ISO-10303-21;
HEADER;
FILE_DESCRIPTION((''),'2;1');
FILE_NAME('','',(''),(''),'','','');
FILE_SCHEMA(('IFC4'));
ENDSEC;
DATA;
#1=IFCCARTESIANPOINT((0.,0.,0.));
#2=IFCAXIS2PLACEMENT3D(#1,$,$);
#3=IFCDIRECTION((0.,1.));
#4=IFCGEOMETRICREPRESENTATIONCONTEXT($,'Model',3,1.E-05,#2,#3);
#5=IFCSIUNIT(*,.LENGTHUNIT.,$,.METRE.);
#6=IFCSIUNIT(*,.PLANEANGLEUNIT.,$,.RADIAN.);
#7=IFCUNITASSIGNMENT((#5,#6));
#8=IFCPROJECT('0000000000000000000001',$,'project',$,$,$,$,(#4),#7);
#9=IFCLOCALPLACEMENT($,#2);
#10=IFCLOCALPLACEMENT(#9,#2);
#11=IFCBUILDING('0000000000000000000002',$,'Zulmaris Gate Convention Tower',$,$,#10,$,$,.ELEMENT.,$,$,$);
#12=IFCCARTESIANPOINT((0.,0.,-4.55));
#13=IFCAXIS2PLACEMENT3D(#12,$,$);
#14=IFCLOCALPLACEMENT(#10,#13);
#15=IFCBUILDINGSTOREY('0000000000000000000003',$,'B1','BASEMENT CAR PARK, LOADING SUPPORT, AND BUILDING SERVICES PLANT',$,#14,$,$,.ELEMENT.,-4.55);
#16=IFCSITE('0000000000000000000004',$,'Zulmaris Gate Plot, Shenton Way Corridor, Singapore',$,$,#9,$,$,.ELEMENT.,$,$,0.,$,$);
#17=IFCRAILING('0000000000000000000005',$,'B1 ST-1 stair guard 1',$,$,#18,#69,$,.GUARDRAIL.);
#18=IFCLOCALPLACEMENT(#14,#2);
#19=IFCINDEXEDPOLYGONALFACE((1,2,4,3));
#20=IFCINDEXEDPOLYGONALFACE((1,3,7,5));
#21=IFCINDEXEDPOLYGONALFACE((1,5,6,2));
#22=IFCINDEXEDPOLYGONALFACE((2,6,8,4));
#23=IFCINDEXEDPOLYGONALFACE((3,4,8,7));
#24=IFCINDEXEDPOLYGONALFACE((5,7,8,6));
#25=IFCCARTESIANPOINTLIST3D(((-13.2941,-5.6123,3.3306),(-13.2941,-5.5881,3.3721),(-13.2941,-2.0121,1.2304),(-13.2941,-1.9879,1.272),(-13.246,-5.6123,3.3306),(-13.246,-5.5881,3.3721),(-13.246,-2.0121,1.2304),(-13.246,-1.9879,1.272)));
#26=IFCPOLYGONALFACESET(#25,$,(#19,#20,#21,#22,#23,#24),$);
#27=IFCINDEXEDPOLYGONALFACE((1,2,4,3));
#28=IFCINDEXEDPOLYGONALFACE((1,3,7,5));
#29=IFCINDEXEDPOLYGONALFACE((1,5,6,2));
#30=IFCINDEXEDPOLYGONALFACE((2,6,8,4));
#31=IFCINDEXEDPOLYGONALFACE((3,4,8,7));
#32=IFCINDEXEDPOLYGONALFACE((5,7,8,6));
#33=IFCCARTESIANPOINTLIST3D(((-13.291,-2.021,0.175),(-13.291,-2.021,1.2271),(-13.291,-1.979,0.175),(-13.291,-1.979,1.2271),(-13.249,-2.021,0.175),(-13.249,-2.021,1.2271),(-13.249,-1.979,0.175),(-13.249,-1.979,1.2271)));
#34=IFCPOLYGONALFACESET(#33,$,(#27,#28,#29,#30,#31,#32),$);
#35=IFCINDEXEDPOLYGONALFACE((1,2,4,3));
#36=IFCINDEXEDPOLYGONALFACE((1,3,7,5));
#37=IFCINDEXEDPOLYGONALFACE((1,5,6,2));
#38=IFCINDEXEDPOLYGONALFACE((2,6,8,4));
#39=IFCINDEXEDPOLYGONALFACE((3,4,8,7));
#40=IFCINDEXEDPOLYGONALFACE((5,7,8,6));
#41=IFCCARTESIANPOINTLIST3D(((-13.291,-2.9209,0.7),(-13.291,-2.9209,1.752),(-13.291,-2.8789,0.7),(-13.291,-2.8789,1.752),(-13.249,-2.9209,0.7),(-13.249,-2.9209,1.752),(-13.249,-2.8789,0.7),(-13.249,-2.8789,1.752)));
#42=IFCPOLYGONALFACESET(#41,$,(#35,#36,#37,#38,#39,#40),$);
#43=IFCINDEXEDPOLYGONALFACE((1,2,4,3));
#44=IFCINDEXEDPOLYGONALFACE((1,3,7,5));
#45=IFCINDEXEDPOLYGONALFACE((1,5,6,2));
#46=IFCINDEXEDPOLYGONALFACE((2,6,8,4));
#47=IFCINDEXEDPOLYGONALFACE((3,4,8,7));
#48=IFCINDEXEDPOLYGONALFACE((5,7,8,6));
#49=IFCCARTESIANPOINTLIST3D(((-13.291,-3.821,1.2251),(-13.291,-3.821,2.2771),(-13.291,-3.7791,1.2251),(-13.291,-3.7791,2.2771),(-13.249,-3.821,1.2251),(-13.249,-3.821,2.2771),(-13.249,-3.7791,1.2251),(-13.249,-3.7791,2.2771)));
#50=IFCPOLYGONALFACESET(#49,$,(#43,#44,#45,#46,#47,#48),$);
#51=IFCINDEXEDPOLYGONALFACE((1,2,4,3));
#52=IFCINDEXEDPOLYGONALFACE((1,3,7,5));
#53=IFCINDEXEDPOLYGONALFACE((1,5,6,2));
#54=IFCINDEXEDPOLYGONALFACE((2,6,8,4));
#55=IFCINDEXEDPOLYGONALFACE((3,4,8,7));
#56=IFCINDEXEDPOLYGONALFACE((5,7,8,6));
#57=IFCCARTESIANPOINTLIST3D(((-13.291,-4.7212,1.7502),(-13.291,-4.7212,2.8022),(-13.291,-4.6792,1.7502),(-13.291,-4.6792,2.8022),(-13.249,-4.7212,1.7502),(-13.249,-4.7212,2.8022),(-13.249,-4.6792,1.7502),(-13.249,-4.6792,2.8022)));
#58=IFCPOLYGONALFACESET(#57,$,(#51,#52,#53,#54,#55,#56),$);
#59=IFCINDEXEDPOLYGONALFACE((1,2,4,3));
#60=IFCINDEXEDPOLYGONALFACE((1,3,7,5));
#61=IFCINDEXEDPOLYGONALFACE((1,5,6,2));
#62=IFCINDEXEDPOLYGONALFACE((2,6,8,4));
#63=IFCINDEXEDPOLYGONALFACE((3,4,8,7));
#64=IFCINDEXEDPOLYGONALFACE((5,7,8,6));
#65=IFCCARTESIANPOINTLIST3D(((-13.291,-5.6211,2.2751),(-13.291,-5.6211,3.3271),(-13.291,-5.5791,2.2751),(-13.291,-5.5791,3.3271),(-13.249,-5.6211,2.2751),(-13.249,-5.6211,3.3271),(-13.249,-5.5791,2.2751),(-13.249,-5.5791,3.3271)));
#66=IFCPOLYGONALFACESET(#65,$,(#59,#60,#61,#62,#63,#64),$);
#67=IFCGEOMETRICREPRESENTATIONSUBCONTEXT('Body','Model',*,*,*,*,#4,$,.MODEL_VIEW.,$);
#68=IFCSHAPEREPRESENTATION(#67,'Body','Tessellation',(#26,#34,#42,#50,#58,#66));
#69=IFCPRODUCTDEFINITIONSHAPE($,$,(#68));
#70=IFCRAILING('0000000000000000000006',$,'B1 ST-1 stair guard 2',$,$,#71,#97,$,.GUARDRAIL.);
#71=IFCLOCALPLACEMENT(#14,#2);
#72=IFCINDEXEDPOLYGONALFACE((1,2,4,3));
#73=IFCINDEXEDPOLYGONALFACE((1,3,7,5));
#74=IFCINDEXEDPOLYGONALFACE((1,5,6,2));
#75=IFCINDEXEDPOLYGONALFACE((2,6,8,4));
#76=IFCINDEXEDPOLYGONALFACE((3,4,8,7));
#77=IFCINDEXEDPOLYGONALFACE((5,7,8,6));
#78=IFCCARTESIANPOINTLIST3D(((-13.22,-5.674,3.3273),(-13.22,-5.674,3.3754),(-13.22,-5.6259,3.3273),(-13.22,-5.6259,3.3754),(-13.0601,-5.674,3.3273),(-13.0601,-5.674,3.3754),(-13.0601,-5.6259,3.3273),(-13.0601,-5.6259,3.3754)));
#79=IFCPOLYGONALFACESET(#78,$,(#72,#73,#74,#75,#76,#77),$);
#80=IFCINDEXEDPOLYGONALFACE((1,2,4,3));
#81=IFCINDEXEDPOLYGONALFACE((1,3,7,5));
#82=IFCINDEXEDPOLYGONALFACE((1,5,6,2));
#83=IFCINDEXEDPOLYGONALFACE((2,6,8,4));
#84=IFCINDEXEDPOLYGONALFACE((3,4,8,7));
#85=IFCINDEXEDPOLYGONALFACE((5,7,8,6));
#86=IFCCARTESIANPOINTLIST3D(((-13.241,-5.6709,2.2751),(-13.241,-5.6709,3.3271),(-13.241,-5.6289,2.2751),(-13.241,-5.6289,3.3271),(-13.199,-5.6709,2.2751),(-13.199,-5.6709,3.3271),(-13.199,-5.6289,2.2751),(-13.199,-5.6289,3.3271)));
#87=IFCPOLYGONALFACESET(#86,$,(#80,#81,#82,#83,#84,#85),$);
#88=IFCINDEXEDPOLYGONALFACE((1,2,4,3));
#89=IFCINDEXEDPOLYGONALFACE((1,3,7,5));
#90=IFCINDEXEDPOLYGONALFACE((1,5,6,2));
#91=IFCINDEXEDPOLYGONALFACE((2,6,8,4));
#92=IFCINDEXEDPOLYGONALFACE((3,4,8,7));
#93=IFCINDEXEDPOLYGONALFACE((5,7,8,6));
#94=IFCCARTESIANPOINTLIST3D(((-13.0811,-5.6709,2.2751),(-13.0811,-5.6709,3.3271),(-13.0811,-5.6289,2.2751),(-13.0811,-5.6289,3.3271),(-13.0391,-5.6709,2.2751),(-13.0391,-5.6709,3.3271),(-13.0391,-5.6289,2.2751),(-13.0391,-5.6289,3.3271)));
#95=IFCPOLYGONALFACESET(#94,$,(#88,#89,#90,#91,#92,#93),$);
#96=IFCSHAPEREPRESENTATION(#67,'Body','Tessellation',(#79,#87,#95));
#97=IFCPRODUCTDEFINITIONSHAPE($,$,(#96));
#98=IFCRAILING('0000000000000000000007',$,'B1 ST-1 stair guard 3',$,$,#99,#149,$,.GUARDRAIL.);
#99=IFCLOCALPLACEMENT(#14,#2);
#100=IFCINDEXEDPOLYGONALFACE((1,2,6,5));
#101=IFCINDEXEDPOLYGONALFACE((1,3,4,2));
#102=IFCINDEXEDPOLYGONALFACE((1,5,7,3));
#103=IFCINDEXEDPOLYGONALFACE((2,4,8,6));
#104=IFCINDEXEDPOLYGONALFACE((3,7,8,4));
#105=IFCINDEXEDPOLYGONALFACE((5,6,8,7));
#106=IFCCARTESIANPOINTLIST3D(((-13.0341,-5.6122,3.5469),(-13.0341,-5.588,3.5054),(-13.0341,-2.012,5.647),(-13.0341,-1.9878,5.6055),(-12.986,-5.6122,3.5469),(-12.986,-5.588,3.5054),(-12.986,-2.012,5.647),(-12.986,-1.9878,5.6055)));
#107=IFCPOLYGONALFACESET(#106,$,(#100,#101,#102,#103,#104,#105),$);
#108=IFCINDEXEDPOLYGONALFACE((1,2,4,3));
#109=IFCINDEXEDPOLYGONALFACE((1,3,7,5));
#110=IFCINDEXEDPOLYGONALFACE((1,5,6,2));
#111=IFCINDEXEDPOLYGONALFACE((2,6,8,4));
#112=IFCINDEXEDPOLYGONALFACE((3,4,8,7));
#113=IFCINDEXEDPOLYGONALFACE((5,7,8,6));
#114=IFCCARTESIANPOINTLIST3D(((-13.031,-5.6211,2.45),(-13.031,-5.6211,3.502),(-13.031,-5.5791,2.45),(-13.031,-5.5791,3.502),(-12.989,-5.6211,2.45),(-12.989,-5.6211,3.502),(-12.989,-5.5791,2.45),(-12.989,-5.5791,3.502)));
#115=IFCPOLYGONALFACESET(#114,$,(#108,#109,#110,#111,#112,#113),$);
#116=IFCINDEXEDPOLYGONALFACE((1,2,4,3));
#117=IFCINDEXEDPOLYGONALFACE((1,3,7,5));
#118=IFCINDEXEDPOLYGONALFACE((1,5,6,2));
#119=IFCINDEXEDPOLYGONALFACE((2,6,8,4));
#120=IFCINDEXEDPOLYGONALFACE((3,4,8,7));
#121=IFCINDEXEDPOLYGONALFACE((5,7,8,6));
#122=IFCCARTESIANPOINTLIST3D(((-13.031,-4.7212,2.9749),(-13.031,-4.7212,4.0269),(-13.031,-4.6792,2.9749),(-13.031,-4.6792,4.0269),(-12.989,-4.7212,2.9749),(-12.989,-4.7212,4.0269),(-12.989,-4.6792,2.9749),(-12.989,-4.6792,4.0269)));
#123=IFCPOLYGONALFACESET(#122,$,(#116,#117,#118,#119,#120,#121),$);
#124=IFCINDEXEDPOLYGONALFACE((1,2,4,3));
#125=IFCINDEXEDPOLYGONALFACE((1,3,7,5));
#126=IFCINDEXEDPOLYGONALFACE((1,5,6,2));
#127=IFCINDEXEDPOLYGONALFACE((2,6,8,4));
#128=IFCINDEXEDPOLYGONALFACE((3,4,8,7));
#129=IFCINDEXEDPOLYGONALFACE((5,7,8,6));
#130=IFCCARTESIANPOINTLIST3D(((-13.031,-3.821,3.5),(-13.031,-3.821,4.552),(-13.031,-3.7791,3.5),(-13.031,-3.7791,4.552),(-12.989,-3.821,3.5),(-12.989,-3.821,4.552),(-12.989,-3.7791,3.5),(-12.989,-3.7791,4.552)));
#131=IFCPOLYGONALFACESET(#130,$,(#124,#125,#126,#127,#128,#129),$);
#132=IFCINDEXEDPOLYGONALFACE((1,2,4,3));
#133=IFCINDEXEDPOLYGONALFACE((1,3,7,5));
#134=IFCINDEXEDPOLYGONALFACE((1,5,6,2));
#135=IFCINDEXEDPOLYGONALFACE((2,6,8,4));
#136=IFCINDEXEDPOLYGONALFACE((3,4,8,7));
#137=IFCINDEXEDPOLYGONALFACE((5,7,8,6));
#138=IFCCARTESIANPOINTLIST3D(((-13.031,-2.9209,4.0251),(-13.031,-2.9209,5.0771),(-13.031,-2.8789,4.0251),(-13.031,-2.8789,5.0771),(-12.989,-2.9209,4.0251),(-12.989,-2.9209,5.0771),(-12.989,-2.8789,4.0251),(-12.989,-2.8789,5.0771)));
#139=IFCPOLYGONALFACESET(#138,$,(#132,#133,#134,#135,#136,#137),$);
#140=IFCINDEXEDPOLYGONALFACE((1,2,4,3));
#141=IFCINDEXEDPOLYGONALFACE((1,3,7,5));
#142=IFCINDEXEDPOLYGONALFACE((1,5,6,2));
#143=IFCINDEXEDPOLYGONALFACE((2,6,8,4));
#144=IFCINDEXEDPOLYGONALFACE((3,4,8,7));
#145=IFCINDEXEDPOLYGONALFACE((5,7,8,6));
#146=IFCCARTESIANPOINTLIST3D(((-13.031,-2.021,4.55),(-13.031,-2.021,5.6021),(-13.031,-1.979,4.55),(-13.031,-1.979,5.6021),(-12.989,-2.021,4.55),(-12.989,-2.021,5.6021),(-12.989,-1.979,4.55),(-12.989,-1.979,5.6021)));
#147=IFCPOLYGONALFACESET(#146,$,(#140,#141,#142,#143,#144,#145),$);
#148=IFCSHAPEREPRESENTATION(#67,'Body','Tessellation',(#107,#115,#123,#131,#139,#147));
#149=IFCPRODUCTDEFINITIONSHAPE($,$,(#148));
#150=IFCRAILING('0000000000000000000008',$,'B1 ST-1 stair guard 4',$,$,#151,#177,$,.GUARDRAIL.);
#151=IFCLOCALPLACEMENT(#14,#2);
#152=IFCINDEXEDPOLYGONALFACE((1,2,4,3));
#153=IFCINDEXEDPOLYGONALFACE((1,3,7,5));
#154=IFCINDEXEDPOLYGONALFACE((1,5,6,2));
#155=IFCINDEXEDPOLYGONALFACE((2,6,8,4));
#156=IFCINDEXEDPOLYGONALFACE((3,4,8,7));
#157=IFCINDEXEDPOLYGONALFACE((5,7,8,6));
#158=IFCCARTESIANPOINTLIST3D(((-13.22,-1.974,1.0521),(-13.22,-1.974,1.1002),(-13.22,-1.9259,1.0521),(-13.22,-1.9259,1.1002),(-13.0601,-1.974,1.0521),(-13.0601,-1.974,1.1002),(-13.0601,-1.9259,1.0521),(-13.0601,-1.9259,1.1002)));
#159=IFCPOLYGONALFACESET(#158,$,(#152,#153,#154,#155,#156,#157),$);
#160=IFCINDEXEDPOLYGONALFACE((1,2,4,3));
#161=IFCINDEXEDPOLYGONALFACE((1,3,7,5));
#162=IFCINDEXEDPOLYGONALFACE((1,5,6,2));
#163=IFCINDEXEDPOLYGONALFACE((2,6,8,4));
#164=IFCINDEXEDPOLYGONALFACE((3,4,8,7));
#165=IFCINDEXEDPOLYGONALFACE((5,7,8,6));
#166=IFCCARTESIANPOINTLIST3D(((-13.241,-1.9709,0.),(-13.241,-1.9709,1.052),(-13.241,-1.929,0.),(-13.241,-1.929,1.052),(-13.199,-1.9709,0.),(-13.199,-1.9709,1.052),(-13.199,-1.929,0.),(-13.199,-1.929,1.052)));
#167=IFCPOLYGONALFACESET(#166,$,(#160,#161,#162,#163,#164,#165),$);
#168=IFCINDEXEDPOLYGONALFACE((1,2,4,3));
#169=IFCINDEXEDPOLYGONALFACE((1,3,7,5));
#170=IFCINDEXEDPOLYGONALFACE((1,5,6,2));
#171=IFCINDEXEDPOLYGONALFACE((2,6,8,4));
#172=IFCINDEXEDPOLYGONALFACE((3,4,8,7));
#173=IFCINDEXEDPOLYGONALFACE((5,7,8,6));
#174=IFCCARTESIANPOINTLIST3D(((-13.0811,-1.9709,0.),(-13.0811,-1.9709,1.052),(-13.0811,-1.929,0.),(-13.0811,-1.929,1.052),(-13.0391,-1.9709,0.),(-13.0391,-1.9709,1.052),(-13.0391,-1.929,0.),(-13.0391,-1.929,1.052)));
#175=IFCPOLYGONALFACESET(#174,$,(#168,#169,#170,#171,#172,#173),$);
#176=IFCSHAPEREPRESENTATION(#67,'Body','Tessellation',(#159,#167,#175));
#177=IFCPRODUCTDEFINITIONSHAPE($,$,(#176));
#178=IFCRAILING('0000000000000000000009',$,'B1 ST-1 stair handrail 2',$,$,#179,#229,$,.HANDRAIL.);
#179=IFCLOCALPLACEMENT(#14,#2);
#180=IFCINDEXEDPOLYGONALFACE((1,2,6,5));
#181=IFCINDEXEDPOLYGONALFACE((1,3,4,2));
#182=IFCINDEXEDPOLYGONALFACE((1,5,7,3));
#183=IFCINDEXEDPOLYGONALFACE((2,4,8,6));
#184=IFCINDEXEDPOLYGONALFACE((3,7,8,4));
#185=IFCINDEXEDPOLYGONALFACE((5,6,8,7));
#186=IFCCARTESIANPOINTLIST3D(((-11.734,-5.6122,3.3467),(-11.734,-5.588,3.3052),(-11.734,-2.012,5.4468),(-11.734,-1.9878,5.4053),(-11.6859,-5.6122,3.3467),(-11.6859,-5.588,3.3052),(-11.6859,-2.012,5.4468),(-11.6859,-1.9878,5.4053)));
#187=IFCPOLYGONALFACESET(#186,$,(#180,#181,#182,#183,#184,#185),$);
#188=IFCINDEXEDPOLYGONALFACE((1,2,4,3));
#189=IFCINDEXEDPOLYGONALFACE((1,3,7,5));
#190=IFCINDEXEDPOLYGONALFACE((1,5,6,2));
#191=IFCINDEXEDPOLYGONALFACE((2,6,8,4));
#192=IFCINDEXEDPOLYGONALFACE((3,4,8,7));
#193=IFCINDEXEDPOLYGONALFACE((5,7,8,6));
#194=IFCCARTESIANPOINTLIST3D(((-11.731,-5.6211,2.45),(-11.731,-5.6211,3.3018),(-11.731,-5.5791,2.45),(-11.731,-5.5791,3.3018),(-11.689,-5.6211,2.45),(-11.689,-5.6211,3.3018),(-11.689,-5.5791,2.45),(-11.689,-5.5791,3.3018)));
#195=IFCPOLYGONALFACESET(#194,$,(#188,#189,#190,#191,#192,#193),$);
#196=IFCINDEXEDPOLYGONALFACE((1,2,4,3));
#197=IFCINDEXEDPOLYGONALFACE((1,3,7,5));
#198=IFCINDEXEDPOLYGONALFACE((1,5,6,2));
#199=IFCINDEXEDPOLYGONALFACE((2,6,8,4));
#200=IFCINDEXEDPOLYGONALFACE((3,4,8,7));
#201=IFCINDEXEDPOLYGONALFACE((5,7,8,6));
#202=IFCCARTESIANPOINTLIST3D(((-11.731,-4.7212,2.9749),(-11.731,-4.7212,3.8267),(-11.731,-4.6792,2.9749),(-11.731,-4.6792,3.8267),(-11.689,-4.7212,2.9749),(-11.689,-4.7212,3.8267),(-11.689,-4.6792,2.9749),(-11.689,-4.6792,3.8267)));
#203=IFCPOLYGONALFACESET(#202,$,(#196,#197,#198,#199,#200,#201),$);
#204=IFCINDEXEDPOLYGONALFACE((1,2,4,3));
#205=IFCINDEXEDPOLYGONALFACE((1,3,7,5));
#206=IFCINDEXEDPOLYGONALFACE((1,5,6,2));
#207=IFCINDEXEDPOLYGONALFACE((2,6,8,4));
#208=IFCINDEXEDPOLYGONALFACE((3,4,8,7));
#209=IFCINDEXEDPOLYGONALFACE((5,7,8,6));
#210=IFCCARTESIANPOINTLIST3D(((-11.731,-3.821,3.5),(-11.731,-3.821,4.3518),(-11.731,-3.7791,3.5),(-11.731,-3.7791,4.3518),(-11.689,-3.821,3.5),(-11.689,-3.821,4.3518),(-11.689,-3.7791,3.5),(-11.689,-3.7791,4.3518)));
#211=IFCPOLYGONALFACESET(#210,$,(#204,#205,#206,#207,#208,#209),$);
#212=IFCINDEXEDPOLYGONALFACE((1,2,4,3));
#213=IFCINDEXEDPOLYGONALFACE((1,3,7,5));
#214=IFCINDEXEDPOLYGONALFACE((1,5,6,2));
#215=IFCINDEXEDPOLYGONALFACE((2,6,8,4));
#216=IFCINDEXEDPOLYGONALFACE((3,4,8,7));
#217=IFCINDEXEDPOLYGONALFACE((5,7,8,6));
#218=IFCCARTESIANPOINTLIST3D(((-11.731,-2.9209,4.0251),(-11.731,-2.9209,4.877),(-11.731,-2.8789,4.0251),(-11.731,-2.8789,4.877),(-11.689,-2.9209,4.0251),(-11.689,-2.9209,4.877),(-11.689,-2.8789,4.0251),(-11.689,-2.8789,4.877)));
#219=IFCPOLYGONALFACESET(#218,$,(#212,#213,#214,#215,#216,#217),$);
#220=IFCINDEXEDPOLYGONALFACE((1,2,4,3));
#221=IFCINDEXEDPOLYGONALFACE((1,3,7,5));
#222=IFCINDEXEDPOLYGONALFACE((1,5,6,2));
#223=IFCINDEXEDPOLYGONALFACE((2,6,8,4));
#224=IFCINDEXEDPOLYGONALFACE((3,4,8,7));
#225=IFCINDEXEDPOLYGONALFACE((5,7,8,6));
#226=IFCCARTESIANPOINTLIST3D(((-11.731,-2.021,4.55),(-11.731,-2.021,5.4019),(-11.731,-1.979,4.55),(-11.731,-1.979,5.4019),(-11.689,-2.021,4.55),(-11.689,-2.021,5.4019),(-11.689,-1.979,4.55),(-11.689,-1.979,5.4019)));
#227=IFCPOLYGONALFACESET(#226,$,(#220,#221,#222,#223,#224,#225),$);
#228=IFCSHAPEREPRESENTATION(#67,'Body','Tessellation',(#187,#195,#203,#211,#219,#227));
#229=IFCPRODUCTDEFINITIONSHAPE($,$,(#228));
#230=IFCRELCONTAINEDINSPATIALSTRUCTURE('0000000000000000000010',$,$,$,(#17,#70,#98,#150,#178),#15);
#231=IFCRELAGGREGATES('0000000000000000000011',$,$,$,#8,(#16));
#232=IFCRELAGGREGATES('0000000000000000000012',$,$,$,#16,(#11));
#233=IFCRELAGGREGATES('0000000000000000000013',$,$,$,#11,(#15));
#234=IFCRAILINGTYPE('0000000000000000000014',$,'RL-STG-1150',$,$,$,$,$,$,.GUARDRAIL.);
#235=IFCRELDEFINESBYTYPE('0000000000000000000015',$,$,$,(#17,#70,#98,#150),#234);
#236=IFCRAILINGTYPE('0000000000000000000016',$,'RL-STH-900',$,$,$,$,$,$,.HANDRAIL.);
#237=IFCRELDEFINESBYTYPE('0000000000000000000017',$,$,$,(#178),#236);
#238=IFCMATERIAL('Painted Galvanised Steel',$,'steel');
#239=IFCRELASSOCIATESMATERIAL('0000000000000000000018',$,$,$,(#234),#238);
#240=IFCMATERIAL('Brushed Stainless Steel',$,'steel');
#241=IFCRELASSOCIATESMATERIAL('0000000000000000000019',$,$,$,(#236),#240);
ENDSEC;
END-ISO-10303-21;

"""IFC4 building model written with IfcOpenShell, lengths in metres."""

from ifc_helpers import new_model, si_unit, direction, frame, origin, origin_2d, place, context, subcontext, project, spatial, rectangle, extrude, material, type_object, element, save


model = new_model("IFC4")

# Units and contexts
model_context = context("Model", 3, precision=1e-05, world=origin(), true_north=direction((0.0, 1.0)))
body_context = subcontext(model_context, "Body", "Model", "MODEL_VIEW")
ifc_project = project(units=[si_unit("LENGTHUNIT", "METRE"), si_unit("PLANEANGLEUNIT", "RADIAN")], contexts=[model_context])

# Site, building, storey
site_placement = place(None, origin())
site = spatial("IfcSite", under=ifc_project, at=site_placement, Name="Zulmaris Gate Plot, Shenton Way Corridor, Singapore", CompositionType="ELEMENT", RefElevation=0.0)
building_placement = place(site_placement, origin())
building = spatial("IfcBuilding", under=site, at=building_placement, Name="Zulmaris Gate Convention Tower", CompositionType="ELEMENT")
storey_placement = place(building_placement, frame((0.0, 0.0, -4.55)))
storey = spatial("IfcBuildingStorey", under=building, at=storey_placement, Name="B1", Description="BASEMENT CAR PARK, LOADING SUPPORT, AND BUILDING SERVICES PLANT", CompositionType="ELEMENT", Elevation=-4.55)

# Railings
ifc_material_1 = material(Name="Painted Galvanised Steel", Category="steel")
railing_type_1 = type_object("IfcRailingType", Name="RL-STG-1150", PredefinedType="GUARDRAIL", material=ifc_material_1)
railing_1_placement = place(storey_placement, frame((-13.27, -2.0, 0.175)))
element("IfcRailing", 1, at=railing_1_placement, inside=storey, type_object=railing_type_1, Name="B1 ST-1 stair guard 1", PredefinedType="GUARDRAIL", context=body_context, shape_type="SweptSolid", body=[
    extrude(rectangle(XDim=0.0481, YDim=0.0481, at=origin_2d()), frame((0.0, 0.0, 1.0762), z_axis=(0.0, -0.863775, 0.503878), x_axis=(1.0, 0.0, 0.0)), (0.0, 0.0, 1.0), 4.168),
    extrude(rectangle(XDim=0.042, YDim=0.042, at=origin_2d()), origin(), (0.0, 0.0, 1.0), 1.052),
    extrude(rectangle(XDim=0.042, YDim=0.042, at=origin_2d()), frame((0.0, -0.8999, 0.5249)), (0.0, 0.0, 1.0), 1.052),
    extrude(rectangle(XDim=0.042, YDim=0.042, at=origin_2d()), frame((0.0, -1.8, 1.05)), (0.0, 0.0, 1.0), 1.052),
    extrude(rectangle(XDim=0.042, YDim=0.042, at=origin_2d()), frame((0.0, -2.7002, 1.5752)), (0.0, 0.0, 1.0), 1.052),
    extrude(rectangle(XDim=0.042, YDim=0.042, at=origin_2d()), frame((0.0, -3.6001, 2.1001)), (0.0, 0.0, 1.0), 1.052),
])
railing_2_placement = place(storey_placement, frame((-13.22, -5.6499, 2.2751)))
element("IfcRailing", 2, at=railing_2_placement, inside=storey, type_object=railing_type_1, Name="B1 ST-1 stair guard 2", PredefinedType="GUARDRAIL", context=body_context, shape_type="SweptSolid", body=[
    extrude(rectangle(XDim=0.0481, YDim=0.0481, at=origin_2d()), frame((0.0, 0.0, 1.0762), z_axis=(1.0, 0.0, 0.0), x_axis=(0.0, 1.0, 0.0)), (0.0, 0.0, 1.0), 0.1599),
    extrude(rectangle(XDim=0.042, YDim=0.042, at=origin_2d()), origin(), (0.0, 0.0, 1.0), 1.052),
    extrude(rectangle(XDim=0.042, YDim=0.042, at=origin_2d()), frame((0.1599, 0.0, 0.0)), (0.0, 0.0, 1.0), 1.052),
])
railing_3_placement = place(storey_placement, frame((-13.01, -5.6001, 2.45)))
element("IfcRailing", 3, at=railing_3_placement, inside=storey, type_object=railing_type_1, Name="B1 ST-1 stair guard 3", PredefinedType="GUARDRAIL", context=body_context, shape_type="SweptSolid", body=[
    extrude(rectangle(XDim=0.0481, YDim=0.0481, at=origin_2d()), frame((0.0, 0.0, 1.0762), z_axis=(0.0, 0.863775, 0.503878), x_axis=(-1.0, 0.0, 0.0)), (0.0, 0.0, 1.0), 4.168),
    extrude(rectangle(XDim=0.042, YDim=0.042, at=origin_2d()), origin(), (0.0, 0.0, 1.0), 1.052),
    extrude(rectangle(XDim=0.042, YDim=0.042, at=origin_2d()), frame((0.0, 0.8999, 0.5249)), (0.0, 0.0, 1.0), 1.052),
    extrude(rectangle(XDim=0.042, YDim=0.042, at=origin_2d()), frame((0.0, 1.8, 1.05)), (0.0, 0.0, 1.0), 1.052),
    extrude(rectangle(XDim=0.042, YDim=0.042, at=origin_2d()), frame((0.0, 2.7002, 1.5752)), (0.0, 0.0, 1.0), 1.052),
    extrude(rectangle(XDim=0.042, YDim=0.042, at=origin_2d()), frame((0.0, 3.6001, 2.1001)), (0.0, 0.0, 1.0), 1.052),
])
railing_4_placement = place(storey_placement, frame((-13.22, -1.95, 0.0)))
element("IfcRailing", 4, at=railing_4_placement, inside=storey, type_object=railing_type_1, Name="B1 ST-1 stair guard 4", PredefinedType="GUARDRAIL", context=body_context, shape_type="SweptSolid", body=[
    extrude(rectangle(XDim=0.0481, YDim=0.0481, at=origin_2d()), frame((0.0, 0.0, 1.0762), z_axis=(1.0, 0.0, 0.0), x_axis=(0.0, 1.0, 0.0)), (0.0, 0.0, 1.0), 0.1599),
    extrude(rectangle(XDim=0.042, YDim=0.042, at=origin_2d()), origin(), (0.0, 0.0, 1.0), 1.052),
    extrude(rectangle(XDim=0.042, YDim=0.042, at=origin_2d()), frame((0.1599, 0.0, 0.0)), (0.0, 0.0, 1.0), 1.052),
])
ifc_material_2 = material(Name="Brushed Stainless Steel", Category="steel")
railing_type_2 = type_object("IfcRailingType", Name="RL-STH-900", PredefinedType="HANDRAIL", material=ifc_material_2)
railing_5_placement = place(storey_placement, frame((-11.71, -5.6001, 2.45)))
element("IfcRailing", 5, at=railing_5_placement, inside=storey, type_object=railing_type_2, Name="B1 ST-1 stair handrail 2", PredefinedType="HANDRAIL", context=body_context, shape_type="SweptSolid", body=[
    extrude(rectangle(XDim=0.0481, YDim=0.0481, at=origin_2d()), frame((0.0, 0.0, 0.876), z_axis=(0.0, 0.863775, 0.503878), x_axis=(-1.0, 0.0, 0.0)), (0.0, 0.0, 1.0), 4.168),
    extrude(rectangle(XDim=0.042, YDim=0.042, at=origin_2d()), origin(), (0.0, 0.0, 1.0), 0.8518),
    extrude(rectangle(XDim=0.042, YDim=0.042, at=origin_2d()), frame((0.0, 0.8999, 0.5249)), (0.0, 0.0, 1.0), 0.8518),
    extrude(rectangle(XDim=0.042, YDim=0.042, at=origin_2d()), frame((0.0, 1.8, 1.05)), (0.0, 0.0, 1.0), 0.8518),
    extrude(rectangle(XDim=0.042, YDim=0.042, at=origin_2d()), frame((0.0, 2.7002, 1.5752)), (0.0, 0.0, 1.0), 0.8518),
    extrude(rectangle(XDim=0.042, YDim=0.042, at=origin_2d()), frame((0.0, 3.6001, 2.1001)), (0.0, 0.0, 1.0), 0.8518),
])

save(model, "model.ifc")
